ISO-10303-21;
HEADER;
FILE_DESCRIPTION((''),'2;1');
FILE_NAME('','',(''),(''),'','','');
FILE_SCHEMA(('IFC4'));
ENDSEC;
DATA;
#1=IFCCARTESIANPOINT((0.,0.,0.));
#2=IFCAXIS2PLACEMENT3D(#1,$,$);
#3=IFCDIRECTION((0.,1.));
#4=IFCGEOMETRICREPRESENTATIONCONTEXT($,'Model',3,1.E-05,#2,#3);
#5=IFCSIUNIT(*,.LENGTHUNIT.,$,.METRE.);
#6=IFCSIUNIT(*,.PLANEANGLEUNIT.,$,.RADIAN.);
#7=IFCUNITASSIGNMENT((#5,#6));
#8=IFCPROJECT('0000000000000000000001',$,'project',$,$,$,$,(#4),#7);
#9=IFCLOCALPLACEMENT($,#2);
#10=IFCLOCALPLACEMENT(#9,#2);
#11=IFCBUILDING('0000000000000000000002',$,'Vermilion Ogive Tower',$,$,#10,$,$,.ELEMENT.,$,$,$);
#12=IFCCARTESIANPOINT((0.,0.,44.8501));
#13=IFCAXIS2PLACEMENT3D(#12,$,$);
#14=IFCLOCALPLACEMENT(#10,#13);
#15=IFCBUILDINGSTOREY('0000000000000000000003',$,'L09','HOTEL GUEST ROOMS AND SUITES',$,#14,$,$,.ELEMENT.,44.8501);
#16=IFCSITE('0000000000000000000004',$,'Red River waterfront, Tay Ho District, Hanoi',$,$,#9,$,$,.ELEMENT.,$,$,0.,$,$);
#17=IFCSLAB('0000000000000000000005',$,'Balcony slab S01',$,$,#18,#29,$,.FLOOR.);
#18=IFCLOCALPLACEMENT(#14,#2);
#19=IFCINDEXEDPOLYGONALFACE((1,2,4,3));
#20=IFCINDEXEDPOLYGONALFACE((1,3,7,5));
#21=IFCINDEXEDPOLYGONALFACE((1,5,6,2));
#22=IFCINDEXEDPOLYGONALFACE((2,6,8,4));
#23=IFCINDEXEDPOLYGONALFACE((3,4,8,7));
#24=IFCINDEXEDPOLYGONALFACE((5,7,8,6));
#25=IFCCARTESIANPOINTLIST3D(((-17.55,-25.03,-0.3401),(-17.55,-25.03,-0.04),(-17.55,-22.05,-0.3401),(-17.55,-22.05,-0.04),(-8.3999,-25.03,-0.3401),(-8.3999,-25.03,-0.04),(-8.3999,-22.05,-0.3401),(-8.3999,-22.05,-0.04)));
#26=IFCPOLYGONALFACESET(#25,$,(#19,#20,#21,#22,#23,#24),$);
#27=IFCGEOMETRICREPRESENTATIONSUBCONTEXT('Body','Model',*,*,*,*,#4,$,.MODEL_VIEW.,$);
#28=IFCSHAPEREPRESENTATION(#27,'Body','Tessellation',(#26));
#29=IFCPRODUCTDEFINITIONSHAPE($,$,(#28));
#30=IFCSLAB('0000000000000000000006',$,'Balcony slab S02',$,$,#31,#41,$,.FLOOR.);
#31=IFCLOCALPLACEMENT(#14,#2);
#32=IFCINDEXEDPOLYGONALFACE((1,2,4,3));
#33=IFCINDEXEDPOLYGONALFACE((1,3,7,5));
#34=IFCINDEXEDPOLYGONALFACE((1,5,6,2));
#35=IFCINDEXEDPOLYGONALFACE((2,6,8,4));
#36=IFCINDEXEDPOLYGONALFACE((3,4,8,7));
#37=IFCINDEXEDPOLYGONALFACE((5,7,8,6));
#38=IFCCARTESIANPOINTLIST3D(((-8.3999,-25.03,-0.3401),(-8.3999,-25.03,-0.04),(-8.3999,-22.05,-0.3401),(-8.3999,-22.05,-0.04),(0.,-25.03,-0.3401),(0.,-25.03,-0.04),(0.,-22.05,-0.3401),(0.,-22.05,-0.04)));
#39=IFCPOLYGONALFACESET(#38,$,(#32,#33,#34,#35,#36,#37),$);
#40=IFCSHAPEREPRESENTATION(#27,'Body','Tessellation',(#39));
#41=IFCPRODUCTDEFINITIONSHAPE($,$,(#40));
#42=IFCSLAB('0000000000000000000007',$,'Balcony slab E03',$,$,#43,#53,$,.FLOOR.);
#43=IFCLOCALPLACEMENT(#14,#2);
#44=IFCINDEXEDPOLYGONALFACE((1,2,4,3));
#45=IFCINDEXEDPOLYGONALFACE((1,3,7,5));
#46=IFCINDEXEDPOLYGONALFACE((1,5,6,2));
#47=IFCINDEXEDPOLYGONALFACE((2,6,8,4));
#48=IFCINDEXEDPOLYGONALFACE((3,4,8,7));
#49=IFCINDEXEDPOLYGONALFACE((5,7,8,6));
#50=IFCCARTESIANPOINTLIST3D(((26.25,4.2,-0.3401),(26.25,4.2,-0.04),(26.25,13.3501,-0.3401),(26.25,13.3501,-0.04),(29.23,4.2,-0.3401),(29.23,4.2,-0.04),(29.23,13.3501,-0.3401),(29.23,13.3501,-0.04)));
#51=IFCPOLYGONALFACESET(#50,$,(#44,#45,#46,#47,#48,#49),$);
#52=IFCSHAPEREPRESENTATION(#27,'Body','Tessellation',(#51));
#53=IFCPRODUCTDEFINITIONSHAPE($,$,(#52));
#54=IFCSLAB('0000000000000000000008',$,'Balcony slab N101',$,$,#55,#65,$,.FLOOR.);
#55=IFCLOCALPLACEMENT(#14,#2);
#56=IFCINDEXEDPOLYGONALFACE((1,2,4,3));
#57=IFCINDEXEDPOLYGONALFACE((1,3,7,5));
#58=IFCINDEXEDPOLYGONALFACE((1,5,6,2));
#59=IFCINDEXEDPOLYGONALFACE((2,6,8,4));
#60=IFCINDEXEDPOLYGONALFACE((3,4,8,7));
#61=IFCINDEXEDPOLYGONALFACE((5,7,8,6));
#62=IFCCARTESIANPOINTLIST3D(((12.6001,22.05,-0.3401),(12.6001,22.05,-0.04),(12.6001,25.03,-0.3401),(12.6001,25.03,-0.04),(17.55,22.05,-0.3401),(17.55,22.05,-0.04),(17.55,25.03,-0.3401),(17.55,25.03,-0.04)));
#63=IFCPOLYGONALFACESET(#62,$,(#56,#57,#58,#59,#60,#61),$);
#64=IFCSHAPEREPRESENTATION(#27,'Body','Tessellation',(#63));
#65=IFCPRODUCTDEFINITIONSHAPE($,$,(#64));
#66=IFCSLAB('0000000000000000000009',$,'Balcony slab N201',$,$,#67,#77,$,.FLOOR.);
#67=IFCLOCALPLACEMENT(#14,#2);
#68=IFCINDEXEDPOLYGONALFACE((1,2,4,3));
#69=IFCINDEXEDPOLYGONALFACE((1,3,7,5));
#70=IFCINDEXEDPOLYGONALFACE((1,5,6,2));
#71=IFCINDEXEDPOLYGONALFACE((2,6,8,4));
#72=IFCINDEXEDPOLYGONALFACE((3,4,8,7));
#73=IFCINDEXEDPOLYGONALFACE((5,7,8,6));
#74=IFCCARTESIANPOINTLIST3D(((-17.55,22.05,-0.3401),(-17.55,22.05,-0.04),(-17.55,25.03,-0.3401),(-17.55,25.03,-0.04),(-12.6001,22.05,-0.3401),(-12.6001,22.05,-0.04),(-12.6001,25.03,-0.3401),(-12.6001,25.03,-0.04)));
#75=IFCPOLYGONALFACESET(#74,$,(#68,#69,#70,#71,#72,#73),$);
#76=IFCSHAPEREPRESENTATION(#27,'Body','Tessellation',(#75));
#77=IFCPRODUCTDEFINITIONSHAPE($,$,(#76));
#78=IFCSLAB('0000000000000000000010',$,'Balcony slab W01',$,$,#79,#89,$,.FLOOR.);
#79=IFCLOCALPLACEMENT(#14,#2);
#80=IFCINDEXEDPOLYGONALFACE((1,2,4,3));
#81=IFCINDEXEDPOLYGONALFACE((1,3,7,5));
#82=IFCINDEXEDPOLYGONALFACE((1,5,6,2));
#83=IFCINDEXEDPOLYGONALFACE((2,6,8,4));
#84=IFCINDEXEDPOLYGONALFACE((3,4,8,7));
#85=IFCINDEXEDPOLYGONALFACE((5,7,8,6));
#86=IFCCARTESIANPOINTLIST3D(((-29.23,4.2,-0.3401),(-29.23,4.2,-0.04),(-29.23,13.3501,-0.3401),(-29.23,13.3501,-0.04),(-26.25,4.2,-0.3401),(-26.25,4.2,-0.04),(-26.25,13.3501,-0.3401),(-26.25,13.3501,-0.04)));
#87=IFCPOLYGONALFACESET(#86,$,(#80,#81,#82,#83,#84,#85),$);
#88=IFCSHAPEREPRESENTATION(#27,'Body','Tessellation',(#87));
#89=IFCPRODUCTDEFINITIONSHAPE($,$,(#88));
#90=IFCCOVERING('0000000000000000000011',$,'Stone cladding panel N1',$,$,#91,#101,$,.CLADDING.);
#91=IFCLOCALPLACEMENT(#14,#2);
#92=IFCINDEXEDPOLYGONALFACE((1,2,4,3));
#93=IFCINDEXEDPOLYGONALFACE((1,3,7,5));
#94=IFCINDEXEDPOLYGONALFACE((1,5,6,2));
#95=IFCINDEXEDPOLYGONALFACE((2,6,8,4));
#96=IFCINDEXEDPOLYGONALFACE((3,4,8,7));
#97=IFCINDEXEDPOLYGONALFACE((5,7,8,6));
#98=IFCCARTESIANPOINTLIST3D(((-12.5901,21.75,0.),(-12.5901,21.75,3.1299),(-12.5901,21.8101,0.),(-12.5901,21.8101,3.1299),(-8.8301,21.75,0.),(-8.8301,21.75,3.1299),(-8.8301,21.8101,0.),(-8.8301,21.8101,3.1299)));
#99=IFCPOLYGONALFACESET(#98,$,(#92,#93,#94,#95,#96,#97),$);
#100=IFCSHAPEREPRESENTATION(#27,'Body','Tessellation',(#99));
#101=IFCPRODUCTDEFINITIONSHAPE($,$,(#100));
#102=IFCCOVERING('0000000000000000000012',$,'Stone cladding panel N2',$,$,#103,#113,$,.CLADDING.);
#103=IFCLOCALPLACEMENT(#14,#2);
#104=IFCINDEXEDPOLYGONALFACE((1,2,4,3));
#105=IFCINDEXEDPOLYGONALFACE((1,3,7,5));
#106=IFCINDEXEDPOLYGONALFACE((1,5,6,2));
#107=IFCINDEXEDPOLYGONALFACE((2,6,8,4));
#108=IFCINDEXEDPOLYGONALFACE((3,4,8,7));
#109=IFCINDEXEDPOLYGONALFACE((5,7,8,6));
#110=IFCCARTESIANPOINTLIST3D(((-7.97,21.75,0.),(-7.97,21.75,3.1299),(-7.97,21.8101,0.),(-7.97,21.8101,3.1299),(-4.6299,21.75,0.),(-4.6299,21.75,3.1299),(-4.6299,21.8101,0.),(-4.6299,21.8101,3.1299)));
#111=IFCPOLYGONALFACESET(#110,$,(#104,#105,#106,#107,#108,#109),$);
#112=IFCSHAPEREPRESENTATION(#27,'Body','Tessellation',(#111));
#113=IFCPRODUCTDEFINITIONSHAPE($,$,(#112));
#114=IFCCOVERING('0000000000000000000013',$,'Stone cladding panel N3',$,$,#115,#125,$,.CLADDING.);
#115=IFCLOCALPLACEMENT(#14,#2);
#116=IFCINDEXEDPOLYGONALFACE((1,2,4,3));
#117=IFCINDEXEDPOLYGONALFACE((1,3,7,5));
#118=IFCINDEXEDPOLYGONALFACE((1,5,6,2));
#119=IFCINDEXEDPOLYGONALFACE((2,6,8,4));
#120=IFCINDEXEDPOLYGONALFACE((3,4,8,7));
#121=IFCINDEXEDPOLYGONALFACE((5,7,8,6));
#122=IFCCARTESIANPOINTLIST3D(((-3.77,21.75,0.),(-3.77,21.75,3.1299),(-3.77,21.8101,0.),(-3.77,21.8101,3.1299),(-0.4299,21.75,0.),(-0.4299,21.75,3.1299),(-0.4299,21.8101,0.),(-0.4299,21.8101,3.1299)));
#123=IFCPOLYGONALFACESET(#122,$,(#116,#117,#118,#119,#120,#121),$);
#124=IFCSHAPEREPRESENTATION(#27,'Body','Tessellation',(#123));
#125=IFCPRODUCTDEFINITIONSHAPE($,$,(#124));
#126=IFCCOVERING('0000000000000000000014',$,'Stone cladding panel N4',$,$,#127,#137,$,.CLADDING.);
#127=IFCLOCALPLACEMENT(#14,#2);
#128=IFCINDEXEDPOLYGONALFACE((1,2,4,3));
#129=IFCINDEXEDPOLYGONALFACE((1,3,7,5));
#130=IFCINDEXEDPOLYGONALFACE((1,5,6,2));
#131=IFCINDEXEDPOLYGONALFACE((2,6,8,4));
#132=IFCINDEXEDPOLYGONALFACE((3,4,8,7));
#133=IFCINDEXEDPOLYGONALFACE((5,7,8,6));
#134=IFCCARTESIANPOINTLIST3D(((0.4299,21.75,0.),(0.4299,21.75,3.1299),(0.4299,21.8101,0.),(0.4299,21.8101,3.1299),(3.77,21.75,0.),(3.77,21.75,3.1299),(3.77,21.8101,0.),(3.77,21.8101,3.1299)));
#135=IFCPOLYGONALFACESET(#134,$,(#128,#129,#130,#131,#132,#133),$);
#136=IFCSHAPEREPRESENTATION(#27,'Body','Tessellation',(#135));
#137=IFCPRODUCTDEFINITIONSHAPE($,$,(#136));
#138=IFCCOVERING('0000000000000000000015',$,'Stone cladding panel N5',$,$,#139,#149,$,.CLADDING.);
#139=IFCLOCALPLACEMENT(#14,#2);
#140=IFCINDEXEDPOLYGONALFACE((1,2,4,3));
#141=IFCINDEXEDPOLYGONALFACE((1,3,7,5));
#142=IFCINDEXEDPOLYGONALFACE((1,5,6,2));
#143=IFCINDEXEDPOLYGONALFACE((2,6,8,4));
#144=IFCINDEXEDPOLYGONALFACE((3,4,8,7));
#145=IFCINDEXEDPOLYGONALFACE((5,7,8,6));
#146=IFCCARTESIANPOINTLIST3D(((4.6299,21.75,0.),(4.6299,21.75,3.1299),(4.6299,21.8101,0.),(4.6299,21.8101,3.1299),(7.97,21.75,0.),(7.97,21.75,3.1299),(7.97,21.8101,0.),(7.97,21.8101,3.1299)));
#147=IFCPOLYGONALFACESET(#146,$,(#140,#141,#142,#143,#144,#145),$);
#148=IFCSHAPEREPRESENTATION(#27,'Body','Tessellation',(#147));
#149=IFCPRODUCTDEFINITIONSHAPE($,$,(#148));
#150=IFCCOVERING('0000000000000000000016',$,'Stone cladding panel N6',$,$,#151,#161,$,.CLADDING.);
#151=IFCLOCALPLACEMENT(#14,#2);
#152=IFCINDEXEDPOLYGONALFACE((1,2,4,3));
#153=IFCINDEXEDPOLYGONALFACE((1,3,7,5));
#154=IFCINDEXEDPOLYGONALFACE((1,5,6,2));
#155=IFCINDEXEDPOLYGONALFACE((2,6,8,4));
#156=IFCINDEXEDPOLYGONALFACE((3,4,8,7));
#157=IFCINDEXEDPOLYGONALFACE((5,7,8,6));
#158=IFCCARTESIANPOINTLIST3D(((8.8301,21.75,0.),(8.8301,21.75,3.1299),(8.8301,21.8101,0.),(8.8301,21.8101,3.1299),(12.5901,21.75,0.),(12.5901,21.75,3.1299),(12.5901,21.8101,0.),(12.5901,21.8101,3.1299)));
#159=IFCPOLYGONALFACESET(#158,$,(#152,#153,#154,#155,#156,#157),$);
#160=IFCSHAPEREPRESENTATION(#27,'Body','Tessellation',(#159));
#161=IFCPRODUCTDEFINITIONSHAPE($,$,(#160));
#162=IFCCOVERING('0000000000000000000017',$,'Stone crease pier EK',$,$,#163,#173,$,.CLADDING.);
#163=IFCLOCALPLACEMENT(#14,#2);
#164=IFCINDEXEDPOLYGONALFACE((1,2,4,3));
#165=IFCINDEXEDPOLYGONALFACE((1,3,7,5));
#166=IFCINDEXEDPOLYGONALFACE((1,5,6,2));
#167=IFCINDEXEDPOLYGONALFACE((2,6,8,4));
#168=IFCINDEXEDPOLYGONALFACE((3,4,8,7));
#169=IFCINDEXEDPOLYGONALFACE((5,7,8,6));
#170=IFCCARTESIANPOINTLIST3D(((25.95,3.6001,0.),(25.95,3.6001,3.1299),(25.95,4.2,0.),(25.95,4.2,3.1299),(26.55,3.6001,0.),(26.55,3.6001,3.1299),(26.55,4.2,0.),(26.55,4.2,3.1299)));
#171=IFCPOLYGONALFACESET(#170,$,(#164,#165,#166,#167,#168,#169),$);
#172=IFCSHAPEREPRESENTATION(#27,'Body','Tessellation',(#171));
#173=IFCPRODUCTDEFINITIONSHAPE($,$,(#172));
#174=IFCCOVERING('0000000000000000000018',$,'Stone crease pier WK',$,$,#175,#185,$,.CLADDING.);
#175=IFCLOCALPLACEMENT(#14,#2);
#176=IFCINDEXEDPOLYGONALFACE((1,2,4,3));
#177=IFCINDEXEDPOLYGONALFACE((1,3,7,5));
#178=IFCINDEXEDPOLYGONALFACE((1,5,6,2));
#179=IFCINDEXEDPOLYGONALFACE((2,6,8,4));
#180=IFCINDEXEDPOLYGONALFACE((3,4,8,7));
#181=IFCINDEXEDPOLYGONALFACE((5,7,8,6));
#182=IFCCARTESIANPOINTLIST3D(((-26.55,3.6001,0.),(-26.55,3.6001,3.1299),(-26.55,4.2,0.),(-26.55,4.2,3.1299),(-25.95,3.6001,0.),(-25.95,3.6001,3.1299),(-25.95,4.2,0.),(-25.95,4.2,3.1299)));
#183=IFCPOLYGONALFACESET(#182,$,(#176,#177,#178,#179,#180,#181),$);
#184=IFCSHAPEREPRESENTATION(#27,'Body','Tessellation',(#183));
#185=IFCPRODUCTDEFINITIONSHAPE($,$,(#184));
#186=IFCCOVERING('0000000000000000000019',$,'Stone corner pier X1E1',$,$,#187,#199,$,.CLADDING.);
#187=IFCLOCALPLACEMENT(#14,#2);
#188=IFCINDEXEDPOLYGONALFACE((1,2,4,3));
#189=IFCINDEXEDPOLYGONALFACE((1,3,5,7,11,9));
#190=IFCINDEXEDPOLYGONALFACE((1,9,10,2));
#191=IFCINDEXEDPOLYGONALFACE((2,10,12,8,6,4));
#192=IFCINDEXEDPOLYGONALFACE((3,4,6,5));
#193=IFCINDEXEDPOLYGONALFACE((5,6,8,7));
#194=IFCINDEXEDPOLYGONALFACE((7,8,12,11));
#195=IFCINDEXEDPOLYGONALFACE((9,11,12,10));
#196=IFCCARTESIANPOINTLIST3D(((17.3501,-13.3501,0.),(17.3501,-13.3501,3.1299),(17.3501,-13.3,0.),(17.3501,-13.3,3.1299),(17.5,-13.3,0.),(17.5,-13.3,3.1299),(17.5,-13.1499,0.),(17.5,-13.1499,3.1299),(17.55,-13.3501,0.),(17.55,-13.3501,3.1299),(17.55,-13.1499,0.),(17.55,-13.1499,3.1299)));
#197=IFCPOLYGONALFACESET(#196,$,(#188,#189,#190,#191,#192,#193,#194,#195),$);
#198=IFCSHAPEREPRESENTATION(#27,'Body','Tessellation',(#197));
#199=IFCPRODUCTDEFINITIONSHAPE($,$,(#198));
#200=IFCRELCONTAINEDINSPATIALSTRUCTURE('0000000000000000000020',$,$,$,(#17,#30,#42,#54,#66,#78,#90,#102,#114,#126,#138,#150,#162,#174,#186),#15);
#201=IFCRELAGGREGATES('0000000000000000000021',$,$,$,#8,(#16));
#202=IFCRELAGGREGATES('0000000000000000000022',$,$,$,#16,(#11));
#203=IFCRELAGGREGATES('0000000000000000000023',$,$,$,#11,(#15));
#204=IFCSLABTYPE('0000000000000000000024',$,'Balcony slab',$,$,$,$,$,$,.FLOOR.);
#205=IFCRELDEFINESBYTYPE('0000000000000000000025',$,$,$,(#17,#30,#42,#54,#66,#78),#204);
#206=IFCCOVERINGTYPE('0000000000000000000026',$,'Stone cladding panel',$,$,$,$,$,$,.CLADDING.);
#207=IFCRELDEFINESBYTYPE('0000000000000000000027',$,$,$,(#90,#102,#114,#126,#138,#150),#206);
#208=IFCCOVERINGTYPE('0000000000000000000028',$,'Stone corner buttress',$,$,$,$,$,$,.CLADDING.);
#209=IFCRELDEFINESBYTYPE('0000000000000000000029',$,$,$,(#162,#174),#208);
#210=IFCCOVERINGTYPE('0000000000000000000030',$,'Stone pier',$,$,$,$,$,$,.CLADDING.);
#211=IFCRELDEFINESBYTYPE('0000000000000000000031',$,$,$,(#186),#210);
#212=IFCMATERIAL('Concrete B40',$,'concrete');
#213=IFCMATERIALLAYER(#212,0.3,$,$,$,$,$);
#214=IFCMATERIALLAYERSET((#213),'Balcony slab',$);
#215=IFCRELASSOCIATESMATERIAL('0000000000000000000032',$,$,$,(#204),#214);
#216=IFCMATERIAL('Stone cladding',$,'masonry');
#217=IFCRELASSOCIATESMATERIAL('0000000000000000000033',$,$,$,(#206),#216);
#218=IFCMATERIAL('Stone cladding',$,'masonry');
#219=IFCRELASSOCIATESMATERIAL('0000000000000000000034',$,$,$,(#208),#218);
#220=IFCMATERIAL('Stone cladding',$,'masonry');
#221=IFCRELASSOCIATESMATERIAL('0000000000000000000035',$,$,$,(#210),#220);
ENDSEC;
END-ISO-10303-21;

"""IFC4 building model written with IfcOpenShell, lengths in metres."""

from ifc_helpers import new_model, si_unit, direction, frame, origin, place, context, subcontext, project, spatial, polyline, outline, extrude, material, layer, layer_set, type_object, element, save


model = new_model("IFC4")

# Units and contexts
model_context = context("Model", 3, precision=1e-05, world=origin(), true_north=direction((0.0, 1.0)))
body_context = subcontext(model_context, "Body", "Model", "MODEL_VIEW")
ifc_project = project(units=[si_unit("LENGTHUNIT", "METRE"), si_unit("PLANEANGLEUNIT", "RADIAN")], contexts=[model_context])

# Site, building, storey
site_placement = place(None, origin())
site = spatial("IfcSite", under=ifc_project, at=site_placement, Name="Red River waterfront, Tay Ho District, Hanoi", CompositionType="ELEMENT", RefElevation=0.0)
building_placement = place(site_placement, origin())
building = spatial("IfcBuilding", under=site, at=building_placement, Name="Vermilion Ogive Tower", CompositionType="ELEMENT")
storey_placement = place(building_placement, frame((0.0, 0.0, 44.8501)))
storey = spatial("IfcBuildingStorey", under=building, at=storey_placement, Name="L09", Description="HOTEL GUEST ROOMS AND SUITES", CompositionType="ELEMENT", Elevation=44.8501)

# Slabs
ifc_material_1 = material(Name="Concrete B40", Category="concrete")
ifc_layer = layer(ifc_material_1, 0.3)
ifc_layer_set = layer_set([ifc_layer], Name="Balcony slab")
slab_type = type_object("IfcSlabType", Name="Balcony slab", PredefinedType="FLOOR", material=ifc_layer_set)
slab_1_placement = place(storey_placement, frame((0.0, 0.0, -0.3401)))
element("IfcSlab", 1, at=slab_1_placement, inside=storey, type_object=slab_type, Name="Balcony slab S01", PredefinedType="FLOOR", context=body_context, shape_type="SweptSolid", body=[
    extrude(outline(polyline([(-17.55, -25.03), (-8.3999, -25.03), (-8.3999, -22.05), (-17.55, -22.05), (-17.55, -25.03)])), origin(), (0.0, 0.0, 1.0), 0.3),
])
slab_2_placement = place(storey_placement, frame((0.0, 0.0, -0.3401)))
element("IfcSlab", 2, at=slab_2_placement, inside=storey, type_object=slab_type, Name="Balcony slab S02", PredefinedType="FLOOR", context=body_context, shape_type="SweptSolid", body=[
    extrude(outline(polyline([(-8.3999, -25.03), (0.0, -25.03), (0.0, -22.05), (-8.3999, -22.05), (-8.3999, -25.03)])), origin(), (0.0, 0.0, 1.0), 0.3),
])
slab_3_placement = place(storey_placement, frame((0.0, 0.0, -0.3401)))
element("IfcSlab", 3, at=slab_3_placement, inside=storey, type_object=slab_type, Name="Balcony slab E03", PredefinedType="FLOOR", context=body_context, shape_type="SweptSolid", body=[
    extrude(outline(polyline([(29.23, 4.2), (29.23, 13.3501), (26.25, 13.3501), (26.25, 4.2), (29.23, 4.2)])), origin(), (0.0, 0.0, 1.0), 0.3),
])
slab_4_placement = place(storey_placement, frame((0.0, 0.0, -0.3401)))
element("IfcSlab", 4, at=slab_4_placement, inside=storey, type_object=slab_type, Name="Balcony slab N101", PredefinedType="FLOOR", context=body_context, shape_type="SweptSolid", body=[
    extrude(outline(polyline([(17.55, 25.03), (12.6001, 25.03), (12.6001, 22.05), (17.55, 22.05), (17.55, 25.03)])), origin(), (0.0, 0.0, 1.0), 0.3),
])
slab_5_placement = place(storey_placement, frame((0.0, 0.0, -0.3401)))
element("IfcSlab", 5, at=slab_5_placement, inside=storey, type_object=slab_type, Name="Balcony slab N201", PredefinedType="FLOOR", context=body_context, shape_type="SweptSolid", body=[
    extrude(outline(polyline([(-12.6001, 25.03), (-17.55, 25.03), (-17.55, 22.05), (-12.6001, 22.05), (-12.6001, 25.03)])), origin(), (0.0, 0.0, 1.0), 0.3),
])
slab_6_placement = place(storey_placement, frame((0.0, 0.0, -0.3401)))
element("IfcSlab", 6, at=slab_6_placement, inside=storey, type_object=slab_type, Name="Balcony slab W01", PredefinedType="FLOOR", context=body_context, shape_type="SweptSolid", body=[
    extrude(outline(polyline([(-29.23, 13.3501), (-29.23, 4.2), (-26.25, 4.2), (-26.25, 13.3501), (-29.23, 13.3501)])), origin(), (0.0, 0.0, 1.0), 0.3),
])

# Coverings
ifc_material_2 = material(Name="Stone cladding", Category="masonry")
covering_type_1 = type_object("IfcCoveringType", Name="Stone cladding panel", PredefinedType="CLADDING", material=ifc_material_2)
covering_1_placement = place(storey_placement, origin())
element("IfcCovering", 7, at=covering_1_placement, inside=storey, type_object=covering_type_1, Name="Stone cladding panel N1", PredefinedType="CLADDING", context=body_context, shape_type="SweptSolid", body=[
    extrude(outline(polyline([(-12.5901, 21.75), (-8.8301, 21.75), (-8.8301, 21.8101), (-12.5901, 21.8101), (-12.5901, 21.75)])), origin(), (0.0, 0.0, 1.0), 3.1299),
])
covering_2_placement = place(storey_placement, origin())
element("IfcCovering", 8, at=covering_2_placement, inside=storey, type_object=covering_type_1, Name="Stone cladding panel N2", PredefinedType="CLADDING", context=body_context, shape_type="SweptSolid", body=[
    extrude(outline(polyline([(-7.97, 21.75), (-4.6299, 21.75), (-4.6299, 21.8101), (-7.97, 21.8101), (-7.97, 21.75)])), origin(), (0.0, 0.0, 1.0), 3.1299),
])
covering_3_placement = place(storey_placement, origin())
element("IfcCovering", 9, at=covering_3_placement, inside=storey, type_object=covering_type_1, Name="Stone cladding panel N3", PredefinedType="CLADDING", context=body_context, shape_type="SweptSolid", body=[
    extrude(outline(polyline([(-3.77, 21.75), (-0.4299, 21.75), (-0.4299, 21.8101), (-3.77, 21.8101), (-3.77, 21.75)])), origin(), (0.0, 0.0, 1.0), 3.1299),
])
covering_4_placement = place(storey_placement, origin())
element("IfcCovering", 10, at=covering_4_placement, inside=storey, type_object=covering_type_1, Name="Stone cladding panel N4", PredefinedType="CLADDING", context=body_context, shape_type="SweptSolid", body=[
    extrude(outline(polyline([(0.4299, 21.75), (3.77, 21.75), (3.77, 21.8101), (0.4299, 21.8101), (0.4299, 21.75)])), origin(), (0.0, 0.0, 1.0), 3.1299),
])
covering_5_placement = place(storey_placement, origin())
element("IfcCovering", 11, at=covering_5_placement, inside=storey, type_object=covering_type_1, Name="Stone cladding panel N5", PredefinedType="CLADDING", context=body_context, shape_type="SweptSolid", body=[
    extrude(outline(polyline([(4.6299, 21.75), (7.97, 21.75), (7.97, 21.8101), (4.6299, 21.8101), (4.6299, 21.75)])), origin(), (0.0, 0.0, 1.0), 3.1299),
])
covering_6_placement = place(storey_placement, origin())
element("IfcCovering", 12, at=covering_6_placement, inside=storey, type_object=covering_type_1, Name="Stone cladding panel N6", PredefinedType="CLADDING", context=body_context, shape_type="SweptSolid", body=[
    extrude(outline(polyline([(8.8301, 21.75), (12.5901, 21.75), (12.5901, 21.8101), (8.8301, 21.8101), (8.8301, 21.75)])), origin(), (0.0, 0.0, 1.0), 3.1299),
])
ifc_material_3 = material(Name="Stone cladding", Category="masonry")
covering_type_2 = type_object("IfcCoveringType", Name="Stone corner buttress", PredefinedType="CLADDING", material=ifc_material_3)
covering_7_placement = place(storey_placement, origin())
element("IfcCovering", 13, at=covering_7_placement, inside=storey, type_object=covering_type_2, Name="Stone crease pier EK", PredefinedType="CLADDING", context=body_context, shape_type="SweptSolid", body=[
    extrude(outline(polyline([(26.55, 3.6001), (26.55, 4.2), (25.95, 4.2), (25.95, 3.6001), (26.55, 3.6001)])), origin(), (0.0, 0.0, 1.0), 3.1299),
])
covering_8_placement = place(storey_placement, origin())
element("IfcCovering", 14, at=covering_8_placement, inside=storey, type_object=covering_type_2, Name="Stone crease pier WK", PredefinedType="CLADDING", context=body_context, shape_type="SweptSolid", body=[
    extrude(outline(polyline([(-26.55, 4.2), (-26.55, 3.6001), (-25.95, 3.6001), (-25.95, 4.2), (-26.55, 4.2)])), origin(), (0.0, 0.0, 1.0), 3.1299),
])
ifc_material_4 = material(Name="Stone cladding", Category="masonry")
covering_type_3 = type_object("IfcCoveringType", Name="Stone pier", PredefinedType="CLADDING", material=ifc_material_4)
covering_9_placement = place(storey_placement, origin())
element("IfcCovering", 15, at=covering_9_placement, inside=storey, type_object=covering_type_3, Name="Stone corner pier X1E1", PredefinedType="CLADDING", context=body_context, shape_type="SweptSolid", body=[
    extrude(outline(polyline([(17.3501, -13.3), (17.5, -13.3), (17.5, -13.1499), (17.55, -13.1499), (17.55, -13.3501), (17.3501, -13.3501), (17.3501, -13.3)])), origin(), (0.0, 0.0, 1.0), 3.1299),
])

save(model, "model.ifc")
